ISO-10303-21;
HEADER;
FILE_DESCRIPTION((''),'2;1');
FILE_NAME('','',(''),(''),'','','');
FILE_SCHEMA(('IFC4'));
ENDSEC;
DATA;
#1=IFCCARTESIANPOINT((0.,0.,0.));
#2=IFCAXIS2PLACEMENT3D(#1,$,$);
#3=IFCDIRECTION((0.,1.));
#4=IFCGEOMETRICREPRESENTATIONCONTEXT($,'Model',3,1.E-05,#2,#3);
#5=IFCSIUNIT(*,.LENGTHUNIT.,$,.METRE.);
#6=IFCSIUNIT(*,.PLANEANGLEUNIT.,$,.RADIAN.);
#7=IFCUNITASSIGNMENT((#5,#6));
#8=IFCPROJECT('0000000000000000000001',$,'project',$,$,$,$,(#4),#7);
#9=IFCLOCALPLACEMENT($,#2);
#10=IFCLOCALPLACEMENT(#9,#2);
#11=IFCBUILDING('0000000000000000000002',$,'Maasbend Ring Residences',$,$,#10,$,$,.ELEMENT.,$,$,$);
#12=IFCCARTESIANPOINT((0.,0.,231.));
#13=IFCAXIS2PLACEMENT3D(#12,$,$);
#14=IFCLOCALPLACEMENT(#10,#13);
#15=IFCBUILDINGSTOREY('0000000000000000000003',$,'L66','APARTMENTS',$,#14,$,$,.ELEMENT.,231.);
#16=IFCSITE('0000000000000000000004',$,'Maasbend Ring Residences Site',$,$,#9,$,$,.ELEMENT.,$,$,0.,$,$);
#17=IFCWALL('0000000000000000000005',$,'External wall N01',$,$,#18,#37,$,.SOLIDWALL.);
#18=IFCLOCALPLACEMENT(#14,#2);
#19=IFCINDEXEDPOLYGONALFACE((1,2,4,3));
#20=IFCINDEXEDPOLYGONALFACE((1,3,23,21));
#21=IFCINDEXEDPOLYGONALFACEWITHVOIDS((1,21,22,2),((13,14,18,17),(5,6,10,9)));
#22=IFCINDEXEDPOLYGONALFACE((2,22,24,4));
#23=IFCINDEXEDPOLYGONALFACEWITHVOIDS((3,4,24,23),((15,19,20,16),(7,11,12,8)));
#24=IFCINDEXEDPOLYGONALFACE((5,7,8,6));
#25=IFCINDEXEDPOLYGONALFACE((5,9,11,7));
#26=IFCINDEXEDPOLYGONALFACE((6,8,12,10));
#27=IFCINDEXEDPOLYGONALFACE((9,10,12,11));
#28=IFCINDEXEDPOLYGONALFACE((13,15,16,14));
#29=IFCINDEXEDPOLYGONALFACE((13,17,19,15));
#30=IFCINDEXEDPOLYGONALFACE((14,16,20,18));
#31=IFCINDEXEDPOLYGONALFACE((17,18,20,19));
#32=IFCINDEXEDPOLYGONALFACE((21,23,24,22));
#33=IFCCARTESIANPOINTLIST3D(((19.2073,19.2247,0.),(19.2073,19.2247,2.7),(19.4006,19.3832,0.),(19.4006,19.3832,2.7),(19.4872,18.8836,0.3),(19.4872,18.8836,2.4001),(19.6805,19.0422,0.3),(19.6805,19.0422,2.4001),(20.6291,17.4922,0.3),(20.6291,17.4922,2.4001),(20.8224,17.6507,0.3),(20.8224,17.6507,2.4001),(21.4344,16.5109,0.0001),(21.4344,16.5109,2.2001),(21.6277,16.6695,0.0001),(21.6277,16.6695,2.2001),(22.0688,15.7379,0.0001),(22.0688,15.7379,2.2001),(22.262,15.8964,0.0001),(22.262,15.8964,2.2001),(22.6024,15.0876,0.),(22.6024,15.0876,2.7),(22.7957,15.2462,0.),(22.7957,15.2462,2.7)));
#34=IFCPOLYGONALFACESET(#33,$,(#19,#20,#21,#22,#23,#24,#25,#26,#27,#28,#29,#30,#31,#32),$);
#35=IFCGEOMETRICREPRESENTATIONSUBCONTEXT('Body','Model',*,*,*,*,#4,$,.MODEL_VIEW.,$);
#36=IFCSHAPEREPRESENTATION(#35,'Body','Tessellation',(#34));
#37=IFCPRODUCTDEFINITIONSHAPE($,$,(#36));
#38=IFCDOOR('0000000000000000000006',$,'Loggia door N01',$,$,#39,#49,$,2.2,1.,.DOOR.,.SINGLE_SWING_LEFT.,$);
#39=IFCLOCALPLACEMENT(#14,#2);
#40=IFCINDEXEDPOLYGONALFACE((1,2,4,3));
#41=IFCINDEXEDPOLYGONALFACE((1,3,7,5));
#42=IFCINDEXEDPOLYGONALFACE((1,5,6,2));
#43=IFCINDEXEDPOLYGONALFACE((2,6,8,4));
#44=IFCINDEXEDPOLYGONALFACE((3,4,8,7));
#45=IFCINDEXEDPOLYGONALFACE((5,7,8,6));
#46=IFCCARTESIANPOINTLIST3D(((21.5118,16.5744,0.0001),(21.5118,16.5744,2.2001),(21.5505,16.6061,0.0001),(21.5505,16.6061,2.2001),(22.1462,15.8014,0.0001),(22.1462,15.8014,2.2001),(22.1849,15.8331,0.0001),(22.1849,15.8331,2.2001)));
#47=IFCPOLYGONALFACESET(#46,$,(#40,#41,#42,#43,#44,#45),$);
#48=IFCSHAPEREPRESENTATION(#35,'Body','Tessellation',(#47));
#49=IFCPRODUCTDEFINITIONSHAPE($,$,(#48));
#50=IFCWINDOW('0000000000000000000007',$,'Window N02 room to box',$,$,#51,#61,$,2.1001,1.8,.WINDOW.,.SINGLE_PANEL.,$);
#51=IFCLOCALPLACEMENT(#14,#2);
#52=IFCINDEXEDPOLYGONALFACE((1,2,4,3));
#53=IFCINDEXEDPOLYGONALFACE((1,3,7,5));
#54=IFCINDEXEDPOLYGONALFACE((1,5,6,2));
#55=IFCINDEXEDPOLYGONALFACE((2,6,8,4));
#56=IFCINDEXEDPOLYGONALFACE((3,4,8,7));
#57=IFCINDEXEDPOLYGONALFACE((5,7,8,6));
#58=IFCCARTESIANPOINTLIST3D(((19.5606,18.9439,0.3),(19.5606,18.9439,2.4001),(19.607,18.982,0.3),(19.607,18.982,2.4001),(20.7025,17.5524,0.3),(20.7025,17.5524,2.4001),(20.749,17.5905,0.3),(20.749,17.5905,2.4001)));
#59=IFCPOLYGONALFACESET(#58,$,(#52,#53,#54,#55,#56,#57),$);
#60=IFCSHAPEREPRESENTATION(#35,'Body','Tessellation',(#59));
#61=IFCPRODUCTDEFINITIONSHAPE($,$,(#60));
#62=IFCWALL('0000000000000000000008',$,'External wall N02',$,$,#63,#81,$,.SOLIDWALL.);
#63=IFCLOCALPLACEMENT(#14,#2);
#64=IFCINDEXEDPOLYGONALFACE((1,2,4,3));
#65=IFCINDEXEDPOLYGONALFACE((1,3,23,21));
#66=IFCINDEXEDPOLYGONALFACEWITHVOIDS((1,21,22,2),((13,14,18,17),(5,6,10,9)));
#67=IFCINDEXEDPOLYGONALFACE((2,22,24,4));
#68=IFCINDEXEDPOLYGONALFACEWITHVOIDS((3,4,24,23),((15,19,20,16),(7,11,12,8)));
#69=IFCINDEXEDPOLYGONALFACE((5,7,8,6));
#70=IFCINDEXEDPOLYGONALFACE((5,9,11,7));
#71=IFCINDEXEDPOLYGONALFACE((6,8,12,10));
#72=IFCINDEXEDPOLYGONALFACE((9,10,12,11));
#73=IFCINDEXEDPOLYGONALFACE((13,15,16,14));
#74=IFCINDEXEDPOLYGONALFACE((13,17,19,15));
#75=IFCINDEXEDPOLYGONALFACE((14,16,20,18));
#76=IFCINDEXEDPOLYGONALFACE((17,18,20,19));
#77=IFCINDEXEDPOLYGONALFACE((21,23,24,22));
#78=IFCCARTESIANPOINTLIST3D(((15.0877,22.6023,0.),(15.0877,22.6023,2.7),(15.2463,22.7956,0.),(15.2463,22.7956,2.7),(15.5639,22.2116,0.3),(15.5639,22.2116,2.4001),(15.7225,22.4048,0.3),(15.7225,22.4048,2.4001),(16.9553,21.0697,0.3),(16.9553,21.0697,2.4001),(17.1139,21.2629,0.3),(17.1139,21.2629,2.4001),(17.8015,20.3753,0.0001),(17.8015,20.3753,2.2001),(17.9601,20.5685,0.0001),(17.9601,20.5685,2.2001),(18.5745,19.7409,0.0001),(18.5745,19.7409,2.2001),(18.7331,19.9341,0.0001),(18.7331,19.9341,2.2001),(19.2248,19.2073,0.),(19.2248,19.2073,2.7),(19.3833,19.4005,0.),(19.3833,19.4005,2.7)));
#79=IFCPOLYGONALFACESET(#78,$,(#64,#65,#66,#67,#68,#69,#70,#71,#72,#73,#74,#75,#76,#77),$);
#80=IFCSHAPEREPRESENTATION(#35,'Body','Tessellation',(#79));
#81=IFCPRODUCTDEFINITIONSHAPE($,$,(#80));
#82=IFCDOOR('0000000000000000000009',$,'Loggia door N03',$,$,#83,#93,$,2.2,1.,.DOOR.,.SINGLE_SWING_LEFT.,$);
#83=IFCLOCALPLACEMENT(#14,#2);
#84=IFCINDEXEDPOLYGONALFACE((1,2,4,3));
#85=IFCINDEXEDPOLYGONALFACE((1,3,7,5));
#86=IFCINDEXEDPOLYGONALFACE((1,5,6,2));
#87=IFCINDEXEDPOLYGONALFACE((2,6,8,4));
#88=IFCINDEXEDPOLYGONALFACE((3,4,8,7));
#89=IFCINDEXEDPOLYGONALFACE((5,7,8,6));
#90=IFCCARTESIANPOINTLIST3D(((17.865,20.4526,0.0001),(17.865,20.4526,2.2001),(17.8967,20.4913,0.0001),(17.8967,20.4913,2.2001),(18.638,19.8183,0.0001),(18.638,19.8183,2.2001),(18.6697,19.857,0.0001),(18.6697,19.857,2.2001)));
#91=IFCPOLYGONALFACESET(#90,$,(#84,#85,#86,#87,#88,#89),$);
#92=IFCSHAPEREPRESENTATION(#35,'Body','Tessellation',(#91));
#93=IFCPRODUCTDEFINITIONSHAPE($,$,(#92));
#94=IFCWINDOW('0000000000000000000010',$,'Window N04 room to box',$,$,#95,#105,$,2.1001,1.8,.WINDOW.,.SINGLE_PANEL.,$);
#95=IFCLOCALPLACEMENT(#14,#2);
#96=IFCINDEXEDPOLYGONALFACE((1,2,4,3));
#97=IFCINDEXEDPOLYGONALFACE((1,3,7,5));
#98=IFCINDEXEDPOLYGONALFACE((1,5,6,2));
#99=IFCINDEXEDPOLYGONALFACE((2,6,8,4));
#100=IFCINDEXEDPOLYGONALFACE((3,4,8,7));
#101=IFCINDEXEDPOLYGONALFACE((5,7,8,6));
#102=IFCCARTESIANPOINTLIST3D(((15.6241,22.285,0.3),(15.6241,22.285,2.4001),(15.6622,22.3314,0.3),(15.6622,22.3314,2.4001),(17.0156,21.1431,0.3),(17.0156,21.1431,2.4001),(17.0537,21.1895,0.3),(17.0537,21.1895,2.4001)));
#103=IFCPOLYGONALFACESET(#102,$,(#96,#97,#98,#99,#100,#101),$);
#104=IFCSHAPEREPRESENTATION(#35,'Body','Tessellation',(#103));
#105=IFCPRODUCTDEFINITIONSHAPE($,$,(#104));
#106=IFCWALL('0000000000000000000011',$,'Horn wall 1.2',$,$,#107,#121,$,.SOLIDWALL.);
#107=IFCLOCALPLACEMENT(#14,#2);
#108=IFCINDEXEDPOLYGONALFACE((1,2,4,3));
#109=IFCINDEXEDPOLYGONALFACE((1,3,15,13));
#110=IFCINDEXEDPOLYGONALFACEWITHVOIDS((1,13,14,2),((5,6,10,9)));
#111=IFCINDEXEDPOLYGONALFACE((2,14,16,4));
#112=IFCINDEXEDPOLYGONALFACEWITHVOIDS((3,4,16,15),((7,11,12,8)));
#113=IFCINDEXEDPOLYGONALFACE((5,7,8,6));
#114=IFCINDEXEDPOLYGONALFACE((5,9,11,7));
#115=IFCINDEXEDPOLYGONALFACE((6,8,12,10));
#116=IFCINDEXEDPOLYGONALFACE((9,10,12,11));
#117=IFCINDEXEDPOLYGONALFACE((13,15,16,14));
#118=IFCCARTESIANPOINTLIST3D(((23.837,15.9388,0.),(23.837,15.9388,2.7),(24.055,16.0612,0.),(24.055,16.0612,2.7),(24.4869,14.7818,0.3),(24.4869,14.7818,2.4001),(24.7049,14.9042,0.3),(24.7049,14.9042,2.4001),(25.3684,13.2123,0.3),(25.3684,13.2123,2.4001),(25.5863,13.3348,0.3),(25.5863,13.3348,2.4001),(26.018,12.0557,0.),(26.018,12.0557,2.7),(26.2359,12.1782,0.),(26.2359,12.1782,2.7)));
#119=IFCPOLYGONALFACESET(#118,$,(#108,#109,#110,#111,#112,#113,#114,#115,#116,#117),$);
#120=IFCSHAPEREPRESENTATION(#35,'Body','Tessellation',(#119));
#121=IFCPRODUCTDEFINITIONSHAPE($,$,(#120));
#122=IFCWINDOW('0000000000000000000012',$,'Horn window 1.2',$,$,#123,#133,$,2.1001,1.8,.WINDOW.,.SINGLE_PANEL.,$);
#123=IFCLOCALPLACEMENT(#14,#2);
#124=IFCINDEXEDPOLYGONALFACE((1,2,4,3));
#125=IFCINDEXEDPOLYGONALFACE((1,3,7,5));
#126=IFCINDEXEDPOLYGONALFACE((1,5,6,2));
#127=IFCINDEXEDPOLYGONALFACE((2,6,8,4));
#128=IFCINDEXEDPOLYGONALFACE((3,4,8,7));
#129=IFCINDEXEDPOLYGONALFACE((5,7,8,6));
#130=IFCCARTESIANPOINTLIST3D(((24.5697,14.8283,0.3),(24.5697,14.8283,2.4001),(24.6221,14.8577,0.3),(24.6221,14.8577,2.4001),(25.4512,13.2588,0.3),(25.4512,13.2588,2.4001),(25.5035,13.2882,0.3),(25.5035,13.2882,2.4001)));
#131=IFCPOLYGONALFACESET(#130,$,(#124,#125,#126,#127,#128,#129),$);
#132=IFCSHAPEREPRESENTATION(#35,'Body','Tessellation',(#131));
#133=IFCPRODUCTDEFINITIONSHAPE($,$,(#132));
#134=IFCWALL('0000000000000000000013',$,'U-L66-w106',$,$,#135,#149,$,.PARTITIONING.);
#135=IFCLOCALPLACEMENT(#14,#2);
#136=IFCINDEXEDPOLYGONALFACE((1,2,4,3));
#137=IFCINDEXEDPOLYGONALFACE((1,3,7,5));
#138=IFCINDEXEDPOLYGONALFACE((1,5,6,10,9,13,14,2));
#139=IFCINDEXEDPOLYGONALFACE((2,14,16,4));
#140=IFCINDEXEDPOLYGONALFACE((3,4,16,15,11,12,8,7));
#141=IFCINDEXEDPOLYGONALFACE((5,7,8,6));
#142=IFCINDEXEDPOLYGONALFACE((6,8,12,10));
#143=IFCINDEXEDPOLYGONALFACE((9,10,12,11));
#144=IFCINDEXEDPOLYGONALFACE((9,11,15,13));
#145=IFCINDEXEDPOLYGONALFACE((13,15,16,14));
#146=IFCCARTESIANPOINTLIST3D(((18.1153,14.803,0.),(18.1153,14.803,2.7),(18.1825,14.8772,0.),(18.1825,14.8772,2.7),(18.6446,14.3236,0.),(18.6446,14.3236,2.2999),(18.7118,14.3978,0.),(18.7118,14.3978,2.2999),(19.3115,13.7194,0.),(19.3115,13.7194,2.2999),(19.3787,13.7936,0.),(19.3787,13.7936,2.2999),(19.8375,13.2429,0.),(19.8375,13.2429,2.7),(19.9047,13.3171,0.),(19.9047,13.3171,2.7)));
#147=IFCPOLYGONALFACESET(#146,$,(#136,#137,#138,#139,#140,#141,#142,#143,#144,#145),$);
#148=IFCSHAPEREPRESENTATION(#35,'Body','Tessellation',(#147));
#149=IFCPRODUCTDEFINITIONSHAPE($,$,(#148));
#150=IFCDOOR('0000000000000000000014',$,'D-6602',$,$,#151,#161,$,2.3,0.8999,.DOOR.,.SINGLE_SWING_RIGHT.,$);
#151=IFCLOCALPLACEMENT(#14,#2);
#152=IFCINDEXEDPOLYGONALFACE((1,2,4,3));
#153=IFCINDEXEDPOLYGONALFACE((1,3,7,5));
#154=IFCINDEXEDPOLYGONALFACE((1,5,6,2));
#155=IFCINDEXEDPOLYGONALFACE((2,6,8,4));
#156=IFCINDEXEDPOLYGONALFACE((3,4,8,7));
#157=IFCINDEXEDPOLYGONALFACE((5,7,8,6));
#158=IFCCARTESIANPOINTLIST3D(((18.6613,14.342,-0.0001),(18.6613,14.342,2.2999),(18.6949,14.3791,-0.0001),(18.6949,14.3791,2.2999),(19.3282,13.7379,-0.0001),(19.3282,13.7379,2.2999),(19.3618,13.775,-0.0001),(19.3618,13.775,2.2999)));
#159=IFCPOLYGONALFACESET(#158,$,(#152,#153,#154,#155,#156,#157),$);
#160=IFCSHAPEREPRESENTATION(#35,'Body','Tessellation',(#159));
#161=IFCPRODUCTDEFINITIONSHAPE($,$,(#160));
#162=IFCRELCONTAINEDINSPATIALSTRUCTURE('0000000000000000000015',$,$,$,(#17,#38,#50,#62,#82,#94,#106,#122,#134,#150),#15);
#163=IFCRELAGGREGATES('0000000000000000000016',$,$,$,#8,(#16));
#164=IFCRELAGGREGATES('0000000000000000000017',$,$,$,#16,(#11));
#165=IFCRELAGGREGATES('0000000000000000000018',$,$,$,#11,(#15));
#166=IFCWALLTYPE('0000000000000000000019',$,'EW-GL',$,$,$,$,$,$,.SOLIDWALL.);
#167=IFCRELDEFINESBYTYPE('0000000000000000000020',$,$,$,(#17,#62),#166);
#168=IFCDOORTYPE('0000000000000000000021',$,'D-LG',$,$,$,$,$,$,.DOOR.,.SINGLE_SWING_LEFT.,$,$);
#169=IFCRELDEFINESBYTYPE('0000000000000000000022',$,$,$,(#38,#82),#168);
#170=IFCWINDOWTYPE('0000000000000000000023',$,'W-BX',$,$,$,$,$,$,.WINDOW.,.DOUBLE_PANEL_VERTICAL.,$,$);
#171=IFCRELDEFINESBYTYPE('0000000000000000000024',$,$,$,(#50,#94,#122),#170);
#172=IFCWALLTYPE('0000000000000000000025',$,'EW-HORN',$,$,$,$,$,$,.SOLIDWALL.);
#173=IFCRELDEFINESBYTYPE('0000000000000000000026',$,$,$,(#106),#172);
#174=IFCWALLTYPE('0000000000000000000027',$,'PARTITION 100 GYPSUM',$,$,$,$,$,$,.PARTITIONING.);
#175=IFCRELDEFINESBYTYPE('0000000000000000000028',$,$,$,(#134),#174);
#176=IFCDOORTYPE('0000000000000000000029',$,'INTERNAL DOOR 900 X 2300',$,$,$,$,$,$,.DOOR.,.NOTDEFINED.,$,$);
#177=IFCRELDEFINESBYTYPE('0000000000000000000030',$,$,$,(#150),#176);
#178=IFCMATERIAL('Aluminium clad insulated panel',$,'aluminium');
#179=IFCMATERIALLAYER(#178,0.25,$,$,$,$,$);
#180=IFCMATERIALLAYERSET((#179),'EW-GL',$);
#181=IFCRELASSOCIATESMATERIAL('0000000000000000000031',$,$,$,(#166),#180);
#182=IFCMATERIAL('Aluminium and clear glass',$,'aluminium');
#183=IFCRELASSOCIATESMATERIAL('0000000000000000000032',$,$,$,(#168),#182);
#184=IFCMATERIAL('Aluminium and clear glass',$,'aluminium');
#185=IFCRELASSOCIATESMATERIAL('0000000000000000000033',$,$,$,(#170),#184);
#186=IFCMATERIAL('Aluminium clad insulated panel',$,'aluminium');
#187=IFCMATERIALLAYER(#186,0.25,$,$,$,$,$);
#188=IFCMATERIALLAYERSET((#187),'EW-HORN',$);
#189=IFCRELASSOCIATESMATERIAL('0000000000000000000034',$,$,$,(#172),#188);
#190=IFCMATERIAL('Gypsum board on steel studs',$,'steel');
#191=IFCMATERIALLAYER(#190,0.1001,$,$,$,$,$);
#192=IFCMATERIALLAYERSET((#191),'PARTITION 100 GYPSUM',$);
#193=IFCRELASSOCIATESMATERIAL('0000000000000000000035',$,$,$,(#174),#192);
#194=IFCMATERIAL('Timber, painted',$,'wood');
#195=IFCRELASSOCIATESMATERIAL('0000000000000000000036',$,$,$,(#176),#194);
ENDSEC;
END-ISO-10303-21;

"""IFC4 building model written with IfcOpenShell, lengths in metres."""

from ifc_helpers import new_model, si_unit, direction, frame, frame_2d, origin, place, context, subcontext, project, spatial, rectangle, extrude, material, layer, layer_set, type_object, element, fill, save


model = new_model("IFC4")

# Units and contexts
model_context = context("Model", 3, precision=1e-05, world=origin(), true_north=direction((0.0, 1.0)))
body_context = subcontext(model_context, "Body", "Model", "MODEL_VIEW")
ifc_project = project(units=[si_unit("LENGTHUNIT", "METRE"), si_unit("PLANEANGLEUNIT", "RADIAN")], contexts=[model_context])

# Site, building, storey
site_placement = place(None, origin())
site = spatial("IfcSite", under=ifc_project, at=site_placement, Name="Maasbend Ring Residences Site", CompositionType="ELEMENT", RefElevation=0.0)
building_placement = place(site_placement, origin())
building = spatial("IfcBuilding", under=site, at=building_placement, Name="Maasbend Ring Residences", CompositionType="ELEMENT")
storey_placement = place(building_placement, frame((0.0, 0.0, 231.0)))
storey = spatial("IfcBuildingStorey", under=building, at=storey_placement, Name="L66", Description="APARTMENTS", CompositionType="ELEMENT", Elevation=231.0)

# Walls, openings, doors, windows
ifc_material_1 = material(Name="Aluminium clad insulated panel", Category="aluminium")
ifc_layer_1 = layer(ifc_material_1, 0.25)
ifc_layer_set_1 = layer_set([ifc_layer_1], Name="EW-GL")
wall_type_1 = type_object("IfcWallType", Name="EW-GL", PredefinedType="SOLIDWALL", material=ifc_layer_set_1)
wall_1_placement = place(storey_placement, frame((22.699, 15.167, 0.0), z_axis=(0.0, 0.0, 1.0), x_axis=(-0.634382, 0.773019, 0.0)))
wall_1 = element("IfcWall", 1, at=wall_1_placement, inside=storey, type_object=wall_type_1, Name="External wall N01", PredefinedType="SOLIDWALL", context=body_context, shape_type="SweptSolid", body=[
    extrude(rectangle(XDim=5.3518, YDim=0.25, at=frame_2d((2.6758, 0.0))), origin(), (0.0, 0.0, 1.0), 2.7),
])
opening_1_placement = place(wall_1_placement, frame((0.8411, 0.0, 0.0)))
opening_1 = element("IfcOpeningElement", 2, at=opening_1_placement, cuts=wall_1, PredefinedType="OPENING", context=body_context, shape_type="SweptSolid", body=[
    extrude(rectangle(XDim=1.0, YDim=2.2, at=frame_2d((0.5, 1.1001))), frame((0.0, 0.135, 0.0), z_axis=(0.0, -1.0, 0.0), x_axis=(1.0, 0.0, 0.0)), (0.0, 0.0, 1.0), 0.27),
])
opening_2_placement = place(wall_1_placement, frame((3.1106, 0.0, 0.3)))
opening_2 = element("IfcOpeningElement", 3, at=opening_2_placement, cuts=wall_1, PredefinedType="OPENING", context=body_context, shape_type="SweptSolid", body=[
    extrude(rectangle(XDim=1.8, YDim=2.1001, at=frame_2d((0.8999, 1.05))), frame((0.0, 0.135, 0.0), z_axis=(0.0, -1.0, 0.0), x_axis=(1.0, 0.0, 0.0)), (0.0, 0.0, 1.0), 0.27),
])
ifc_material_2 = material(Name="Aluminium and clear glass", Category="aluminium")
door_type_1 = type_object("IfcDoorType", Name="D-LG", OperationType="SINGLE_SWING_LEFT", PredefinedType="DOOR", material=ifc_material_2)
door_1_placement = place(opening_1_placement, origin())
door_1 = element("IfcDoor", 4, at=door_1_placement, inside=storey, type_object=door_type_1, Name="Loggia door N01", OperationType="SINGLE_SWING_LEFT", OverallHeight=2.2, OverallWidth=1.0, PredefinedType="DOOR", context=body_context, shape_type="SweptSolid", body=[
    extrude(rectangle(XDim=1.0, YDim=2.2, at=frame_2d((0.5, 1.1001))), frame((0.0, 0.0249, 0.0), z_axis=(0.0, -1.0, 0.0), x_axis=(1.0, 0.0, 0.0)), (0.0, 0.0, 1.0), 0.05),
])
fill(opening_1, door_1)
ifc_material_3 = material(Name="Aluminium and clear glass", Category="aluminium")
window_type_1 = type_object("IfcWindowType", Name="W-BX", PartitioningType="DOUBLE_PANEL_VERTICAL", PredefinedType="WINDOW", material=ifc_material_3)
window_1_placement = place(opening_2_placement, origin())
window_1 = element("IfcWindow", 5, at=window_1_placement, inside=storey, type_object=window_type_1, Name="Window N02 room to box", OverallHeight=2.1001, OverallWidth=1.8, PartitioningType="SINGLE_PANEL", PredefinedType="WINDOW", context=body_context, shape_type="SweptSolid", body=[
    extrude(rectangle(XDim=1.8, YDim=2.1001, at=frame_2d((0.8999, 1.05))), frame((0.0, 0.03, 0.0), z_axis=(0.0, -1.0, 0.0), x_axis=(1.0, 0.0, 0.0)), (0.0, 0.0, 1.0), 0.0601),
])
fill(opening_2, window_1)
wall_2_placement = place(storey_placement, frame((19.304, 19.304, 0.0), z_axis=(0.0, 0.0, 1.0), x_axis=(-0.773019, 0.634382, 0.0)))
wall_2 = element("IfcWall", 6, at=wall_2_placement, inside=storey, type_object=wall_type_1, Name="External wall N02", PredefinedType="SOLIDWALL", context=body_context, shape_type="SweptSolid", body=[
    extrude(rectangle(XDim=5.3518, YDim=0.25, at=frame_2d((2.6758, 0.0))), origin(), (0.0, 0.0, 1.0), 2.7),
])
opening_3_placement = place(wall_2_placement, frame((0.8411, 0.0, 0.0)))
opening_3 = element("IfcOpeningElement", 7, at=opening_3_placement, cuts=wall_2, PredefinedType="OPENING", context=body_context, shape_type="SweptSolid", body=[
    extrude(rectangle(XDim=1.0, YDim=2.2, at=frame_2d((0.5, 1.1001))), frame((0.0, 0.135, 0.0), z_axis=(0.0, -1.0, 0.0), x_axis=(1.0, 0.0, 0.0)), (0.0, 0.0, 1.0), 0.27),
])
opening_4_placement = place(wall_2_placement, frame((2.9358, 0.0, 0.3)))
opening_4 = element("IfcOpeningElement", 8, at=opening_4_placement, cuts=wall_2, PredefinedType="OPENING", context=body_context, shape_type="SweptSolid", body=[
    extrude(rectangle(XDim=1.8, YDim=2.1001, at=frame_2d((0.8999, 1.05))), frame((0.0, 0.135, 0.0), z_axis=(0.0, -1.0, 0.0), x_axis=(1.0, 0.0, 0.0)), (0.0, 0.0, 1.0), 0.27),
])
door_2_placement = place(opening_3_placement, origin())
door_2 = element("IfcDoor", 9, at=door_2_placement, inside=storey, type_object=door_type_1, Name="Loggia door N03", OperationType="SINGLE_SWING_LEFT", OverallHeight=2.2, OverallWidth=1.0, PredefinedType="DOOR", context=body_context, shape_type="SweptSolid", body=[
    extrude(rectangle(XDim=1.0, YDim=2.2, at=frame_2d((0.5, 1.1001))), frame((0.0, 0.0249, 0.0), z_axis=(0.0, -1.0, 0.0), x_axis=(1.0, 0.0, 0.0)), (0.0, 0.0, 1.0), 0.05),
])
fill(opening_3, door_2)
window_2_placement = place(opening_4_placement, origin())
window_2 = element("IfcWindow", 10, at=window_2_placement, inside=storey, type_object=window_type_1, Name="Window N04 room to box", OverallHeight=2.1001, OverallWidth=1.8, PartitioningType="SINGLE_PANEL", PredefinedType="WINDOW", context=body_context, shape_type="SweptSolid", body=[
    extrude(rectangle(XDim=1.8, YDim=2.1001, at=frame_2d((0.8999, 1.05))), frame((0.0, 0.03, 0.0), z_axis=(0.0, -1.0, 0.0), x_axis=(1.0, 0.0, 0.0)), (0.0, 0.0, 1.0), 0.0601),
])
fill(opening_4, window_2)

# Wall, opening, window
ifc_material_4 = material(Name="Aluminium clad insulated panel", Category="aluminium")
ifc_layer_2 = layer(ifc_material_4, 0.25)
ifc_layer_set_2 = layer_set([ifc_layer_2], Name="EW-HORN")
wall_type_2 = type_object("IfcWallType", Name="EW-HORN", PredefinedType="SOLIDWALL", material=ifc_layer_set_2)
wall_3_placement = place(storey_placement, frame((26.127, 12.1169, 0.0), z_axis=(0.0, 0.0, 1.0), x_axis=(-0.489696, 0.871893, 0.0)))
wall_3 = element("IfcWall", 11, at=wall_3_placement, inside=storey, type_object=wall_type_2, Name="Horn wall 1.2", PredefinedType="SOLIDWALL", context=body_context, shape_type="SweptSolid", body=[
    extrude(rectangle(XDim=4.4536, YDim=0.25, at=frame_2d((2.2268, 0.0))), origin(), (0.0, 0.0, 1.0), 2.7),
])
opening_5_placement = place(wall_3_placement, frame((1.3267, 0.0, 0.3)))
opening_5 = element("IfcOpeningElement", 12, at=opening_5_placement, cuts=wall_3, PredefinedType="OPENING", context=body_context, shape_type="SweptSolid", body=[
    extrude(rectangle(XDim=1.8, YDim=2.1001, at=frame_2d((0.8999, 1.05))), frame((0.0, 0.135, 0.0), z_axis=(0.0, -1.0, 0.0), x_axis=(1.0, 0.0, 0.0)), (0.0, 0.0, 1.0), 0.27),
])
window_3_placement = place(opening_5_placement, origin())
window_3 = element("IfcWindow", 13, at=window_3_placement, inside=storey, type_object=window_type_1, Name="Horn window 1.2", OverallHeight=2.1001, OverallWidth=1.8, PartitioningType="SINGLE_PANEL", PredefinedType="WINDOW", context=body_context, shape_type="SweptSolid", body=[
    extrude(rectangle(XDim=1.8, YDim=2.1001, at=frame_2d((0.8999, 1.05))), frame((0.0, 0.03, 0.0), z_axis=(0.0, -1.0, 0.0), x_axis=(1.0, 0.0, 0.0)), (0.0, 0.0, 1.0), 0.0601),
])
fill(opening_5, window_3)

# Wall, opening, door
ifc_material_5 = material(Name="Gypsum board on steel studs", Category="steel")
ifc_layer_3 = layer(ifc_material_5, 0.1001)
ifc_layer_set_3 = layer_set([ifc_layer_3], Name="PARTITION 100 GYPSUM")
wall_type_3 = type_object("IfcWallType", Name="PARTITION 100 GYPSUM", PredefinedType="PARTITIONING", material=ifc_layer_set_3)
wall_4_placement = place(storey_placement, frame((18.1489, 14.8401, 0.0), z_axis=(0.0, 0.0, 1.0), x_axis=(0.741127, -0.671364, 0.0)))
wall_4 = element("IfcWall", 14, at=wall_4_placement, inside=storey, type_object=wall_type_3, Name="U-L66-w106", PredefinedType="PARTITIONING", context=body_context, shape_type="SweptSolid", body=[
    extrude(rectangle(XDim=2.3237, YDim=0.1001, at=frame_2d((1.1619, 0.0))), origin(), (0.0, 0.0, 1.0), 2.7),
])
opening_6_placement = place(wall_4_placement, frame((0.7141, 0.0, 0.0)))
opening_6 = element("IfcOpeningElement", 15, at=opening_6_placement, cuts=wall_4, PredefinedType="OPENING", context=body_context, shape_type="SweptSolid", body=[
    extrude(rectangle(XDim=0.8999, YDim=2.3, at=frame_2d((0.45, 1.1499))), frame((0.0, 0.0601, 0.0), z_axis=(0.0, -1.0, 0.0), x_axis=(1.0, 0.0, 0.0)), (0.0, 0.0, 1.0), 0.1201),
])
ifc_material_6 = material(Name="Timber, painted", Category="wood")
door_type_2 = type_object("IfcDoorType", Name="INTERNAL DOOR 900 X 2300", OperationType="NOTDEFINED", PredefinedType="DOOR", material=ifc_material_6)
door_3_placement = place(opening_6_placement, origin())
door_3 = element("IfcDoor", 16, at=door_3_placement, inside=storey, type_object=door_type_2, Name="D-6602", OperationType="SINGLE_SWING_RIGHT", OverallHeight=2.3, OverallWidth=0.8999, PredefinedType="DOOR", context=body_context, shape_type="SweptSolid", body=[
    extrude(rectangle(XDim=0.8999, YDim=2.3, at=frame_2d((0.45, 1.1499))), frame((0.0, 0.0249, 0.0), z_axis=(0.0, -1.0, 0.0), x_axis=(1.0, 0.0, 0.0)), (0.0, 0.0, 1.0), 0.05),
])
fill(opening_6, door_3)

save(model, "model.ifc")
